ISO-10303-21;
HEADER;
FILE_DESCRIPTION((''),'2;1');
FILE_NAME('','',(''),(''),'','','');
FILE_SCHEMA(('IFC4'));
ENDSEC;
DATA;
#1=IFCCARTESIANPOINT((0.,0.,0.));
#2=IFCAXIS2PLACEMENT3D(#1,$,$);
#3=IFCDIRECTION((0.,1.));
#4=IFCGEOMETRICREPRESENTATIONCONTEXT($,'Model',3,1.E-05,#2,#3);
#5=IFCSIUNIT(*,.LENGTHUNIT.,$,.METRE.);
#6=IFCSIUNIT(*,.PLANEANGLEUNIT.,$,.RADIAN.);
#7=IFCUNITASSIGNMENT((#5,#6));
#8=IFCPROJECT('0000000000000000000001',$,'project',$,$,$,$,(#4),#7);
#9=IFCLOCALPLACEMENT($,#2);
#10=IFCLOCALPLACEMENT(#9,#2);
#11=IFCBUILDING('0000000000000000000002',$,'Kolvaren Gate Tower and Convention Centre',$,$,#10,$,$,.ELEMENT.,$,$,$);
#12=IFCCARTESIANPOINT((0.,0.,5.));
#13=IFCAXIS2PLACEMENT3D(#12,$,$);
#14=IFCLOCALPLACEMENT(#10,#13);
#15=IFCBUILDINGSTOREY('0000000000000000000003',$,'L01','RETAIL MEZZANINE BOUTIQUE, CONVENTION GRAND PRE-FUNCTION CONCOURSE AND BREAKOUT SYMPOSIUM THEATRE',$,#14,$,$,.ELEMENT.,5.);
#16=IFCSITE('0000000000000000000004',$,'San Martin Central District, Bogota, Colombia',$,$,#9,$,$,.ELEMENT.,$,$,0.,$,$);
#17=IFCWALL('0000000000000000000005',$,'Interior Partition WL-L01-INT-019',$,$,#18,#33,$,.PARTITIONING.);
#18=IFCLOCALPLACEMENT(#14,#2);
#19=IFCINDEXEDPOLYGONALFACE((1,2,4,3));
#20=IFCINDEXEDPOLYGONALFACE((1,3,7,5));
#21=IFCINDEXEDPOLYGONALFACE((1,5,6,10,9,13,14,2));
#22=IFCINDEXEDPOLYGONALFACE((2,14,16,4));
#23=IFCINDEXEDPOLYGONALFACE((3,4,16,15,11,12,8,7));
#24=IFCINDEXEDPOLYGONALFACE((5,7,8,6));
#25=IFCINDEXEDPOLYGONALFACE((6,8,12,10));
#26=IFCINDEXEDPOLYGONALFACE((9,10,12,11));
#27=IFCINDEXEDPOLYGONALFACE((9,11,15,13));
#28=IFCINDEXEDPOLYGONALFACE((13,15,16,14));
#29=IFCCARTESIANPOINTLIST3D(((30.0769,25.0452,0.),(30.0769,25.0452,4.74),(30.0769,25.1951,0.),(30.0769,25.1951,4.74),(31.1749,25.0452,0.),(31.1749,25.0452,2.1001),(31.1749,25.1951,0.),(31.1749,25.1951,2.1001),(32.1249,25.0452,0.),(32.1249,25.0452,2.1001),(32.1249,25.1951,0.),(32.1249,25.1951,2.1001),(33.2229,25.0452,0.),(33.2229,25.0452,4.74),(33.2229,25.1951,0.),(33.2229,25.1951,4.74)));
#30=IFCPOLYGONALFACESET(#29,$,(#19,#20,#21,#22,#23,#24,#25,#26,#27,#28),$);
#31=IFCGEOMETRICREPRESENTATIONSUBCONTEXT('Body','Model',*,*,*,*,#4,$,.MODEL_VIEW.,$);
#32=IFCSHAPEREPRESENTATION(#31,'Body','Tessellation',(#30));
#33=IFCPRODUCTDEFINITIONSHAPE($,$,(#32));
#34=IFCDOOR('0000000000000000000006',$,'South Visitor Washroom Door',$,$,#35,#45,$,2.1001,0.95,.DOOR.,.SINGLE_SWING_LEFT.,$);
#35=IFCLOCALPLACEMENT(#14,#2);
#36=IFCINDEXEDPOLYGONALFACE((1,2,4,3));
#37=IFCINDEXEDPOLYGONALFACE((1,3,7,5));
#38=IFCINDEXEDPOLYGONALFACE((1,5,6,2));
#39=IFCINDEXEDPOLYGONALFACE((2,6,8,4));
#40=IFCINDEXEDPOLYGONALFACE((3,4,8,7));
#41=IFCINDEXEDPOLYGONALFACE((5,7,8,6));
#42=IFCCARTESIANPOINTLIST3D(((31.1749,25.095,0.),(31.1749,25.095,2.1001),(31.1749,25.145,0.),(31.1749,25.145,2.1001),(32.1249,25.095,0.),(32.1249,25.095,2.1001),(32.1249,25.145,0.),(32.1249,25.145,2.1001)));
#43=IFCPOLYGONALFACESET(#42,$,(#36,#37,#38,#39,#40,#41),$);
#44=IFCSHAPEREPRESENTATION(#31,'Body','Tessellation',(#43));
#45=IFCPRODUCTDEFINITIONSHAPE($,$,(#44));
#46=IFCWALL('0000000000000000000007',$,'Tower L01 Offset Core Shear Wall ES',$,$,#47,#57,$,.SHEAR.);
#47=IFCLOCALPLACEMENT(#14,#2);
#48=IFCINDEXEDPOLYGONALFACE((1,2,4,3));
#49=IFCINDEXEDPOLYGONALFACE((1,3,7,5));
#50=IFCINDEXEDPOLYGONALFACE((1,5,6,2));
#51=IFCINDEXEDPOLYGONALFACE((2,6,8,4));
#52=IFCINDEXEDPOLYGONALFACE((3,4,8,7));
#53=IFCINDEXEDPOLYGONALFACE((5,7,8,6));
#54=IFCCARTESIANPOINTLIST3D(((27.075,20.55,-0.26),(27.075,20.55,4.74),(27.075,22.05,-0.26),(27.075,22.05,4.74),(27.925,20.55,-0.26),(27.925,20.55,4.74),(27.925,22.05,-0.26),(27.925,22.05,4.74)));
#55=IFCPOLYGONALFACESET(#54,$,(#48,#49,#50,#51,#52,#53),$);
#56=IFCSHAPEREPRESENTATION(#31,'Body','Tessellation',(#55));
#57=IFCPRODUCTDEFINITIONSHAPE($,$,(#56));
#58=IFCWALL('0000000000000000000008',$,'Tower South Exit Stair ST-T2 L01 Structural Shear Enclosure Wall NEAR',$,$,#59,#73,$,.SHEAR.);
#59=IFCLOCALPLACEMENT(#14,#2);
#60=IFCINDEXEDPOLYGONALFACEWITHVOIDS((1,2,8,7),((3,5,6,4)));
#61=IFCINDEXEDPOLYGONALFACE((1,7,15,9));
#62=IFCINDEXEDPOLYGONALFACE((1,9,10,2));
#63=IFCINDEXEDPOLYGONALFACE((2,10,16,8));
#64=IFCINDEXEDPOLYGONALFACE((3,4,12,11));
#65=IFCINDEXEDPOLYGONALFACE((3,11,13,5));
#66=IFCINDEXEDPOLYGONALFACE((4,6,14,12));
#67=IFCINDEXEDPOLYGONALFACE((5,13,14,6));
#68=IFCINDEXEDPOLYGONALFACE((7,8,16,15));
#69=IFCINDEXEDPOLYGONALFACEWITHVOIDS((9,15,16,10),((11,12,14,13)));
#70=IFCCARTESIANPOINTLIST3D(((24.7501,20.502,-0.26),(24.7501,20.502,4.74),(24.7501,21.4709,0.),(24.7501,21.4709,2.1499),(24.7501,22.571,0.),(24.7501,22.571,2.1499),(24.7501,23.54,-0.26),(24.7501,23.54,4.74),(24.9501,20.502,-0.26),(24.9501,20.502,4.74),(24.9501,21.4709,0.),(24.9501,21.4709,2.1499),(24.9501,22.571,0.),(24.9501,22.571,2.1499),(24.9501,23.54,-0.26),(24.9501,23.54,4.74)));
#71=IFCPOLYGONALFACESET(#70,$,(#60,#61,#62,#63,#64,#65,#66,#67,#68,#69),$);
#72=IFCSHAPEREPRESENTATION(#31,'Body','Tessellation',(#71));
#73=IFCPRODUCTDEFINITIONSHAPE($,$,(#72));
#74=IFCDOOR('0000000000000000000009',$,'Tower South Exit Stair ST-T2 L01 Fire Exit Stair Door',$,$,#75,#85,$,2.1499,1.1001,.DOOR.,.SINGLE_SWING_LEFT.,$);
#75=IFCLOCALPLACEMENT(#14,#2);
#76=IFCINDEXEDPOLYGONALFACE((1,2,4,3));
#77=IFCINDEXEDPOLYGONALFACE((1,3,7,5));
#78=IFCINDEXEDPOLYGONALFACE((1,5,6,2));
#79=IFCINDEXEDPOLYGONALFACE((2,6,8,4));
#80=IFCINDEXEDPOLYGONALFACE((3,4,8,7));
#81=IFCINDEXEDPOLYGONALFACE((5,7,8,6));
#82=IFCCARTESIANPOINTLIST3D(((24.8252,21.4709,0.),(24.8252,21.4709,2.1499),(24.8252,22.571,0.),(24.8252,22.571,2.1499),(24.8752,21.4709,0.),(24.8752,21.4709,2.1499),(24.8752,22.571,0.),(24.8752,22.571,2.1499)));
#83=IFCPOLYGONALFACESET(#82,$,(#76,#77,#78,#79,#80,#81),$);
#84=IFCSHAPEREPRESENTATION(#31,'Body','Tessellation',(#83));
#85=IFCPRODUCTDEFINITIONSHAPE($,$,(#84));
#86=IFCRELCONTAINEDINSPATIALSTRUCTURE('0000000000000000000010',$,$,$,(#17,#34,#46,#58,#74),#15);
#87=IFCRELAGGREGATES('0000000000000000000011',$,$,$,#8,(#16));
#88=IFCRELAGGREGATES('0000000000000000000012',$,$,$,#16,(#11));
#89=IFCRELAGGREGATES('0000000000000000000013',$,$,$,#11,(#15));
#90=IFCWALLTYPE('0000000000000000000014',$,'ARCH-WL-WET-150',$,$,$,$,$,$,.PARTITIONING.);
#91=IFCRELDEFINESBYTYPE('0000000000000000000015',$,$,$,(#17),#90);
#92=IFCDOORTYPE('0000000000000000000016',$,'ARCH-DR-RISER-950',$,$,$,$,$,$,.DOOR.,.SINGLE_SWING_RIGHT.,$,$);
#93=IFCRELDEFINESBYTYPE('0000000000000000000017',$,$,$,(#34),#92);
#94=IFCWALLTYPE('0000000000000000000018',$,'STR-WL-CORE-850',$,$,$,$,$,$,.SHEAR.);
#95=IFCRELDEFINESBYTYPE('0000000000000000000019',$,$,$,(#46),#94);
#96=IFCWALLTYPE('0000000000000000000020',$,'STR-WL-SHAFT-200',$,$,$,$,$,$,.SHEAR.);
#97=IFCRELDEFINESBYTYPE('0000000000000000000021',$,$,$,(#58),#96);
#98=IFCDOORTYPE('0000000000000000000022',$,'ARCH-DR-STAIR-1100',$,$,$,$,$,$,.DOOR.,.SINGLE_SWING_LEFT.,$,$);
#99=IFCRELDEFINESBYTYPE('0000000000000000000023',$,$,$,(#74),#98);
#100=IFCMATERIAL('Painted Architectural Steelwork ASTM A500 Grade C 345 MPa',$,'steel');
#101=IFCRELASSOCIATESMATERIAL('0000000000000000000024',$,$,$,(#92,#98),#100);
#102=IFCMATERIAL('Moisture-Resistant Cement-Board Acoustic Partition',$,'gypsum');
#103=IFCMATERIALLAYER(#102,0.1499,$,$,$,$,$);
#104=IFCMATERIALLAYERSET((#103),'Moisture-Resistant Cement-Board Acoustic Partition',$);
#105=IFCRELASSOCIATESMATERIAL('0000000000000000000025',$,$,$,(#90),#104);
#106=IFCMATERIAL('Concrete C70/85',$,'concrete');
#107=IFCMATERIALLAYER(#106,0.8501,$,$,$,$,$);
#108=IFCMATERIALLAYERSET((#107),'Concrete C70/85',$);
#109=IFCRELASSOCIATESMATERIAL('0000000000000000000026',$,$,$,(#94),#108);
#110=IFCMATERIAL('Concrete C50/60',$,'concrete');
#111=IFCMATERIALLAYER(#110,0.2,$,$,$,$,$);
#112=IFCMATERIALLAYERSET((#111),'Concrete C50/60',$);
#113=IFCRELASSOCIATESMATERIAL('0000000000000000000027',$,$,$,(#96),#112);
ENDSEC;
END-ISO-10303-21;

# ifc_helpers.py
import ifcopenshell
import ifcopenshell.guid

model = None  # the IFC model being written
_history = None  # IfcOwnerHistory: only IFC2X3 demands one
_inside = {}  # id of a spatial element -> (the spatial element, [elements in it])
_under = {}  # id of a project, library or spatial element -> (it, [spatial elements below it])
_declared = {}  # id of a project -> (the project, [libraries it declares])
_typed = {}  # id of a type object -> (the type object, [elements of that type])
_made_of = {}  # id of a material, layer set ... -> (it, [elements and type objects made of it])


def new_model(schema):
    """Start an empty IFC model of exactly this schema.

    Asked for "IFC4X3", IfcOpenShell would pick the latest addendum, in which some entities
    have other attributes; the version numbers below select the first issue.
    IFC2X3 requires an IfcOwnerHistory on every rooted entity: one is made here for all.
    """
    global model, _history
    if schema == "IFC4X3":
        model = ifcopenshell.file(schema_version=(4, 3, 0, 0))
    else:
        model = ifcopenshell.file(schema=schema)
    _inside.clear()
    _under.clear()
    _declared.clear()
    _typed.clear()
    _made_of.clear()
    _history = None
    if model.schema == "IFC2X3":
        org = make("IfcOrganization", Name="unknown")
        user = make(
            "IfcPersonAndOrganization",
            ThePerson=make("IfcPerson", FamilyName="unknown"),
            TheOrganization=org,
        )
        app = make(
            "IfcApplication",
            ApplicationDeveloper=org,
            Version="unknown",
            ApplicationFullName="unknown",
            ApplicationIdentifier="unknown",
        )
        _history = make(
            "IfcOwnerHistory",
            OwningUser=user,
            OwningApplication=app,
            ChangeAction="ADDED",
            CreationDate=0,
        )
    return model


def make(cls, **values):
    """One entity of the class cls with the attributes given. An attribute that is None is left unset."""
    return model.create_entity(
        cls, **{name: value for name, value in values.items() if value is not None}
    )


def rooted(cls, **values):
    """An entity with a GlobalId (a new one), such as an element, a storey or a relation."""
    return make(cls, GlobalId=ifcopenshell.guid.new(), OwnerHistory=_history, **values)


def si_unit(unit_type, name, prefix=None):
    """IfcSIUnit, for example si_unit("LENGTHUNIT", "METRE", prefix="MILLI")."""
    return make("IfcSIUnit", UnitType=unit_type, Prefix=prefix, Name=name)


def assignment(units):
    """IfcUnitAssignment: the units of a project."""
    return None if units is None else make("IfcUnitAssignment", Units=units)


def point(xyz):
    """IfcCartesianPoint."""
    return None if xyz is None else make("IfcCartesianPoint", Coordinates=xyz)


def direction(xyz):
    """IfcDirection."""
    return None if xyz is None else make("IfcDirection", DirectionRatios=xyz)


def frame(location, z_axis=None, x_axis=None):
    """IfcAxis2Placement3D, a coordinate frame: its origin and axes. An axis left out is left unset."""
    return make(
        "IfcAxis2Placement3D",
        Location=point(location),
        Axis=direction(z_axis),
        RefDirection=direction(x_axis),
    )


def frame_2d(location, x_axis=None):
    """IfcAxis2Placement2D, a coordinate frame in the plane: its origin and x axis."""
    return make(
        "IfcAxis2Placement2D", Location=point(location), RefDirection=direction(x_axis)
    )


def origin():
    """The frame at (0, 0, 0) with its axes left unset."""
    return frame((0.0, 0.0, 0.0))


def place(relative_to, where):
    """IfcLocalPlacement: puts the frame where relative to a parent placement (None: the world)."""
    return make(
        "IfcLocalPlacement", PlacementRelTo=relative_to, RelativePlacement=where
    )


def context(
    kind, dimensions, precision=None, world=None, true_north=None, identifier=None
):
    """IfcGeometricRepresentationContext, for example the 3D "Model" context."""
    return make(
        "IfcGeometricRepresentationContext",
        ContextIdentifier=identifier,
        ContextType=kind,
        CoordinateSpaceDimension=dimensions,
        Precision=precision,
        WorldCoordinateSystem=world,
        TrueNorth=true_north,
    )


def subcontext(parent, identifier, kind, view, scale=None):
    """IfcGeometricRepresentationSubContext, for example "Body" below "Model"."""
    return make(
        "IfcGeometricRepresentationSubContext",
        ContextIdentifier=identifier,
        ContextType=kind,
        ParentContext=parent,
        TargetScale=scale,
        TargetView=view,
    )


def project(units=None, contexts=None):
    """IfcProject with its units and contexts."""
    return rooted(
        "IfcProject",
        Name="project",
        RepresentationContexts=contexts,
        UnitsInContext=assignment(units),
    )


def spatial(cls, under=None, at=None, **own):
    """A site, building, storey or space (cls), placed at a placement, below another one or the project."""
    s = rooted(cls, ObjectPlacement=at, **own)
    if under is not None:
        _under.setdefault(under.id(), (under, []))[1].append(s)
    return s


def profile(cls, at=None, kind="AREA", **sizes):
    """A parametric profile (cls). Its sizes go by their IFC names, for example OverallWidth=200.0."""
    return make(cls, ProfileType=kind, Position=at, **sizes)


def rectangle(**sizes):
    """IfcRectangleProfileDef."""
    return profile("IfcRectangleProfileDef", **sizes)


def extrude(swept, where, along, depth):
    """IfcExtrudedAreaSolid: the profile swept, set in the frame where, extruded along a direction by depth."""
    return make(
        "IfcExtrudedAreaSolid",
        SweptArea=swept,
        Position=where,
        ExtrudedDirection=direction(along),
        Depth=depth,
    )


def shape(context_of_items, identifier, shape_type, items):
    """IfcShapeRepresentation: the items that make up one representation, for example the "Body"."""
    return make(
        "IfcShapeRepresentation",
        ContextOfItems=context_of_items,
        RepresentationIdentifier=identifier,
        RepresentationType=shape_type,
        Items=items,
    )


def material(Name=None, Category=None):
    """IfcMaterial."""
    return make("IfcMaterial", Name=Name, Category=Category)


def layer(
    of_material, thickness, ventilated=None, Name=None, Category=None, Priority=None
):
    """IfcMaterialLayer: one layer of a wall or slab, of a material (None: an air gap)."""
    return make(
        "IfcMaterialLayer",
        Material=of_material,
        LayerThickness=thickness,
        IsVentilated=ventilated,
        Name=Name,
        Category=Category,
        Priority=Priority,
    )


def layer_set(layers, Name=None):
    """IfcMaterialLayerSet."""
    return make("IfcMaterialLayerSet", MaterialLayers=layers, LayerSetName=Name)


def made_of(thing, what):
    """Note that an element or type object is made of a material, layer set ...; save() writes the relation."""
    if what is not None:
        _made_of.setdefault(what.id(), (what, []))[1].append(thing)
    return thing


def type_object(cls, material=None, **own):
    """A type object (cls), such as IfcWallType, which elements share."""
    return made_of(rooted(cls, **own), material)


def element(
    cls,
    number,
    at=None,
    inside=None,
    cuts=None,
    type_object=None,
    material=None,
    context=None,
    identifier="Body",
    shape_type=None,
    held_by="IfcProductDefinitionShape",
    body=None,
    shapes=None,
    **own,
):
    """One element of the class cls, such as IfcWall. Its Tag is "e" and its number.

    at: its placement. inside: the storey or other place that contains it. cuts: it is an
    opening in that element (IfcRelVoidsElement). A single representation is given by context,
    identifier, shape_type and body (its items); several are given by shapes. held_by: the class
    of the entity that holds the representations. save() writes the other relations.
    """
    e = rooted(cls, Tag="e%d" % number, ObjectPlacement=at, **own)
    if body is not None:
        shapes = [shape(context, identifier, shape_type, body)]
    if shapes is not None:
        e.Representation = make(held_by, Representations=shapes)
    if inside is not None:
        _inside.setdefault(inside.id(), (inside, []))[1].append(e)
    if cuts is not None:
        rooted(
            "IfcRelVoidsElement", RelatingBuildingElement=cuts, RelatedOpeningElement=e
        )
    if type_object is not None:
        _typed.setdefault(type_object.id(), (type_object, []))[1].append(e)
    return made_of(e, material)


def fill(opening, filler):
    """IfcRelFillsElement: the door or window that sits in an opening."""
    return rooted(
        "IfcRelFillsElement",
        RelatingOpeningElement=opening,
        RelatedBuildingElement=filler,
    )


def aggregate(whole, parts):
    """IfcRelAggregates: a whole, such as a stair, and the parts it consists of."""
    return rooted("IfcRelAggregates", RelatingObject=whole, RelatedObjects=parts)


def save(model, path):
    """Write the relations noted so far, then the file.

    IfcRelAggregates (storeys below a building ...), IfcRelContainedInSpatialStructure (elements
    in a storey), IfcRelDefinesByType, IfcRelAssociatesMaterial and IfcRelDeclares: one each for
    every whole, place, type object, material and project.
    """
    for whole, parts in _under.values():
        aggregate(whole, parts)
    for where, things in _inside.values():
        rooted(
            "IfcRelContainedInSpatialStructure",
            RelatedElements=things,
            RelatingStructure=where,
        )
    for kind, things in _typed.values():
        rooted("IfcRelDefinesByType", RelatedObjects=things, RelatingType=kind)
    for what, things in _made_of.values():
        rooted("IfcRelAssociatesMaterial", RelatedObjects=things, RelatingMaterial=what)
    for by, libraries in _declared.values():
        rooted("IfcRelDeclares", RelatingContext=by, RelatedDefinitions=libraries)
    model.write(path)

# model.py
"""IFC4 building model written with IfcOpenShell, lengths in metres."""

from ifc_helpers import new_model, si_unit, direction, frame, frame_2d, origin, place, context, subcontext, project, spatial, rectangle, extrude, material, layer, layer_set, type_object, element, fill, save


model = new_model("IFC4")

# Units and contexts
model_context = context("Model", 3, precision=1e-05, world=origin(), true_north=direction((0.0, 1.0)))
body_context = subcontext(model_context, "Body", "Model", "MODEL_VIEW")
ifc_project = project(units=[si_unit("LENGTHUNIT", "METRE"), si_unit("PLANEANGLEUNIT", "RADIAN")], contexts=[model_context])

# Site, building, storey
site_placement = place(None, origin())
site = spatial("IfcSite", under=ifc_project, at=site_placement, Name="San Martin Central District, Bogota, Colombia", CompositionType="ELEMENT", RefElevation=0.0)
building_placement = place(site_placement, origin())
building = spatial("IfcBuilding", under=site, at=building_placement, Name="Kolvaren Gate Tower and Convention Centre", CompositionType="ELEMENT")
storey_placement = place(building_placement, frame((0.0, 0.0, 5.0)))
storey = spatial("IfcBuildingStorey", under=building, at=storey_placement, Name="L01", Description="RETAIL MEZZANINE BOUTIQUE, CONVENTION GRAND PRE-FUNCTION CONCOURSE AND BREAKOUT SYMPOSIUM THEATRE", CompositionType="ELEMENT", Elevation=5.0)

# Shared definitions
ifc_material_1 = material(Name="Painted Architectural Steelwork ASTM A500 Grade C 345 MPa", Category="steel")
door_type_1 = type_object("IfcDoorType", Name="ARCH-DR-RISER-950", OperationType="SINGLE_SWING_RIGHT", PredefinedType="DOOR", material=ifc_material_1)

# Shared definitions
ifc_material_2 = material(Name="Moisture-Resistant Cement-Board Acoustic Partition", Category="gypsum")
ifc_layer_1 = layer(ifc_material_2, 0.1499)
ifc_layer_set_1 = layer_set([ifc_layer_1], Name="Moisture-Resistant Cement-Board Acoustic Partition")
wall_type_1 = type_object("IfcWallType", Name="ARCH-WL-WET-150", PredefinedType="PARTITIONING", material=ifc_layer_set_1)

# Wall, opening, door
wall_1_placement = place(storey_placement, frame((30.0769, 25.1201, 0.0), z_axis=(0.0, 0.0, 1.0), x_axis=(1.0, 0.0, 0.0)))
wall_1 = element("IfcWall", 1, at=wall_1_placement, inside=storey, type_object=wall_type_1, Name="Interior Partition WL-L01-INT-019", PredefinedType="PARTITIONING", context=body_context, shape_type="SweptSolid", body=[
    extrude(rectangle(XDim=3.146, YDim=0.1499, at=frame_2d((1.573, 0.0))), origin(), (0.0, 0.0, 1.0), 4.74),
])
opening_1_placement = place(wall_1_placement, frame((1.0979, 0.0, 0.0)))
opening_1 = element("IfcOpeningElement", 2, at=opening_1_placement, cuts=wall_1, PredefinedType="OPENING", context=body_context, shape_type="SweptSolid", body=[
    extrude(rectangle(XDim=0.95, YDim=2.1001, at=frame_2d((0.4751, 1.05))), frame((0.0, 0.085, 0.0), z_axis=(0.0, -1.0, 0.0), x_axis=(1.0, 0.0, 0.0)), (0.0, 0.0, 1.0), 0.1699),
])
door_1_placement = place(opening_1_placement, origin())
door_1 = element("IfcDoor", 3, at=door_1_placement, inside=storey, type_object=door_type_1, Name="South Visitor Washroom Door", OperationType="SINGLE_SWING_LEFT", OverallHeight=2.1001, OverallWidth=0.95, PredefinedType="DOOR", context=body_context, shape_type="SweptSolid", body=[
    extrude(rectangle(XDim=0.95, YDim=2.1001, at=frame_2d((0.4751, 1.05))), frame((0.0, 0.0249, 0.0), z_axis=(0.0, -1.0, 0.0), x_axis=(1.0, 0.0, 0.0)), (0.0, 0.0, 1.0), 0.05),
])
fill(opening_1, door_1)

# Wall
ifc_material_3 = material(Name="Concrete C70/85", Category="concrete")
ifc_layer_2 = layer(ifc_material_3, 0.8501)
ifc_layer_set_2 = layer_set([ifc_layer_2], Name="Concrete C70/85")
wall_type_2 = type_object("IfcWallType", Name="STR-WL-CORE-850", PredefinedType="SHEAR", material=ifc_layer_set_2)
wall_2_placement = place(storey_placement, frame((27.5, 20.55, -0.26), z_axis=(0.0, 0.0, 1.0), x_axis=(0.0, 1.0, 0.0)))
element("IfcWall", 4, at=wall_2_placement, inside=storey, type_object=wall_type_2, Name="Tower L01 Offset Core Shear Wall ES", PredefinedType="SHEAR", context=body_context, shape_type="SweptSolid", body=[
    extrude(rectangle(XDim=1.5, YDim=0.8501, at=frame_2d((0.75, 0.0))), origin(), (0.0, 0.0, 1.0), 5.0),
])

# Wall, opening, door
ifc_material_4 = material(Name="Concrete C50/60", Category="concrete")
ifc_layer_3 = layer(ifc_material_4, 0.2)
ifc_layer_set_3 = layer_set([ifc_layer_3], Name="Concrete C50/60")
wall_type_3 = type_object("IfcWallType", Name="STR-WL-SHAFT-200", PredefinedType="SHEAR", material=ifc_layer_set_3)
wall_3_placement = place(storey_placement, frame((24.8501, 20.502, -0.26), z_axis=(0.0, 0.0, 1.0), x_axis=(0.0, 1.0, 0.0)))
wall_3 = element("IfcWall", 5, at=wall_3_placement, inside=storey, type_object=wall_type_3, Name="Tower South Exit Stair ST-T2 L01 Structural Shear Enclosure Wall NEAR", PredefinedType="SHEAR", context=body_context, shape_type="SweptSolid", body=[
    extrude(rectangle(XDim=3.0381, YDim=0.2, at=frame_2d((1.519, 0.0))), origin(), (0.0, 0.0, 1.0), 5.0),
])
opening_2_placement = place(wall_3_placement, frame((0.969, 0.0, 0.26)))
opening_2 = element("IfcOpeningElement", 6, at=opening_2_placement, cuts=wall_3, PredefinedType="OPENING", context=body_context, shape_type="SweptSolid", body=[
    extrude(rectangle(XDim=1.1001, YDim=2.1499, at=frame_2d((0.55, 1.075))), frame((0.0, 0.1099, 0.0), z_axis=(0.0, -1.0, 0.0), x_axis=(1.0, 0.0, 0.0)), (0.0, 0.0, 1.0), 0.22),
])
door_type_2 = type_object("IfcDoorType", Name="ARCH-DR-STAIR-1100", OperationType="SINGLE_SWING_LEFT", PredefinedType="DOOR", material=ifc_material_1)
door_2_placement = place(opening_2_placement, origin())
door_2 = element("IfcDoor", 7, at=door_2_placement, inside=storey, type_object=door_type_2, Name="Tower South Exit Stair ST-T2 L01 Fire Exit Stair Door", OperationType="SINGLE_SWING_LEFT", OverallHeight=2.1499, OverallWidth=1.1001, PredefinedType="DOOR", context=body_context, shape_type="SweptSolid", body=[
    extrude(rectangle(XDim=1.1001, YDim=2.1499, at=frame_2d((0.55, 1.075))), frame((0.0, 0.0249, 0.0), z_axis=(0.0, -1.0, 0.0), x_axis=(1.0, 0.0, 0.0)), (0.0, 0.0, 1.0), 0.05),
])
fill(opening_2, door_2)

save(model, "model.ifc")
